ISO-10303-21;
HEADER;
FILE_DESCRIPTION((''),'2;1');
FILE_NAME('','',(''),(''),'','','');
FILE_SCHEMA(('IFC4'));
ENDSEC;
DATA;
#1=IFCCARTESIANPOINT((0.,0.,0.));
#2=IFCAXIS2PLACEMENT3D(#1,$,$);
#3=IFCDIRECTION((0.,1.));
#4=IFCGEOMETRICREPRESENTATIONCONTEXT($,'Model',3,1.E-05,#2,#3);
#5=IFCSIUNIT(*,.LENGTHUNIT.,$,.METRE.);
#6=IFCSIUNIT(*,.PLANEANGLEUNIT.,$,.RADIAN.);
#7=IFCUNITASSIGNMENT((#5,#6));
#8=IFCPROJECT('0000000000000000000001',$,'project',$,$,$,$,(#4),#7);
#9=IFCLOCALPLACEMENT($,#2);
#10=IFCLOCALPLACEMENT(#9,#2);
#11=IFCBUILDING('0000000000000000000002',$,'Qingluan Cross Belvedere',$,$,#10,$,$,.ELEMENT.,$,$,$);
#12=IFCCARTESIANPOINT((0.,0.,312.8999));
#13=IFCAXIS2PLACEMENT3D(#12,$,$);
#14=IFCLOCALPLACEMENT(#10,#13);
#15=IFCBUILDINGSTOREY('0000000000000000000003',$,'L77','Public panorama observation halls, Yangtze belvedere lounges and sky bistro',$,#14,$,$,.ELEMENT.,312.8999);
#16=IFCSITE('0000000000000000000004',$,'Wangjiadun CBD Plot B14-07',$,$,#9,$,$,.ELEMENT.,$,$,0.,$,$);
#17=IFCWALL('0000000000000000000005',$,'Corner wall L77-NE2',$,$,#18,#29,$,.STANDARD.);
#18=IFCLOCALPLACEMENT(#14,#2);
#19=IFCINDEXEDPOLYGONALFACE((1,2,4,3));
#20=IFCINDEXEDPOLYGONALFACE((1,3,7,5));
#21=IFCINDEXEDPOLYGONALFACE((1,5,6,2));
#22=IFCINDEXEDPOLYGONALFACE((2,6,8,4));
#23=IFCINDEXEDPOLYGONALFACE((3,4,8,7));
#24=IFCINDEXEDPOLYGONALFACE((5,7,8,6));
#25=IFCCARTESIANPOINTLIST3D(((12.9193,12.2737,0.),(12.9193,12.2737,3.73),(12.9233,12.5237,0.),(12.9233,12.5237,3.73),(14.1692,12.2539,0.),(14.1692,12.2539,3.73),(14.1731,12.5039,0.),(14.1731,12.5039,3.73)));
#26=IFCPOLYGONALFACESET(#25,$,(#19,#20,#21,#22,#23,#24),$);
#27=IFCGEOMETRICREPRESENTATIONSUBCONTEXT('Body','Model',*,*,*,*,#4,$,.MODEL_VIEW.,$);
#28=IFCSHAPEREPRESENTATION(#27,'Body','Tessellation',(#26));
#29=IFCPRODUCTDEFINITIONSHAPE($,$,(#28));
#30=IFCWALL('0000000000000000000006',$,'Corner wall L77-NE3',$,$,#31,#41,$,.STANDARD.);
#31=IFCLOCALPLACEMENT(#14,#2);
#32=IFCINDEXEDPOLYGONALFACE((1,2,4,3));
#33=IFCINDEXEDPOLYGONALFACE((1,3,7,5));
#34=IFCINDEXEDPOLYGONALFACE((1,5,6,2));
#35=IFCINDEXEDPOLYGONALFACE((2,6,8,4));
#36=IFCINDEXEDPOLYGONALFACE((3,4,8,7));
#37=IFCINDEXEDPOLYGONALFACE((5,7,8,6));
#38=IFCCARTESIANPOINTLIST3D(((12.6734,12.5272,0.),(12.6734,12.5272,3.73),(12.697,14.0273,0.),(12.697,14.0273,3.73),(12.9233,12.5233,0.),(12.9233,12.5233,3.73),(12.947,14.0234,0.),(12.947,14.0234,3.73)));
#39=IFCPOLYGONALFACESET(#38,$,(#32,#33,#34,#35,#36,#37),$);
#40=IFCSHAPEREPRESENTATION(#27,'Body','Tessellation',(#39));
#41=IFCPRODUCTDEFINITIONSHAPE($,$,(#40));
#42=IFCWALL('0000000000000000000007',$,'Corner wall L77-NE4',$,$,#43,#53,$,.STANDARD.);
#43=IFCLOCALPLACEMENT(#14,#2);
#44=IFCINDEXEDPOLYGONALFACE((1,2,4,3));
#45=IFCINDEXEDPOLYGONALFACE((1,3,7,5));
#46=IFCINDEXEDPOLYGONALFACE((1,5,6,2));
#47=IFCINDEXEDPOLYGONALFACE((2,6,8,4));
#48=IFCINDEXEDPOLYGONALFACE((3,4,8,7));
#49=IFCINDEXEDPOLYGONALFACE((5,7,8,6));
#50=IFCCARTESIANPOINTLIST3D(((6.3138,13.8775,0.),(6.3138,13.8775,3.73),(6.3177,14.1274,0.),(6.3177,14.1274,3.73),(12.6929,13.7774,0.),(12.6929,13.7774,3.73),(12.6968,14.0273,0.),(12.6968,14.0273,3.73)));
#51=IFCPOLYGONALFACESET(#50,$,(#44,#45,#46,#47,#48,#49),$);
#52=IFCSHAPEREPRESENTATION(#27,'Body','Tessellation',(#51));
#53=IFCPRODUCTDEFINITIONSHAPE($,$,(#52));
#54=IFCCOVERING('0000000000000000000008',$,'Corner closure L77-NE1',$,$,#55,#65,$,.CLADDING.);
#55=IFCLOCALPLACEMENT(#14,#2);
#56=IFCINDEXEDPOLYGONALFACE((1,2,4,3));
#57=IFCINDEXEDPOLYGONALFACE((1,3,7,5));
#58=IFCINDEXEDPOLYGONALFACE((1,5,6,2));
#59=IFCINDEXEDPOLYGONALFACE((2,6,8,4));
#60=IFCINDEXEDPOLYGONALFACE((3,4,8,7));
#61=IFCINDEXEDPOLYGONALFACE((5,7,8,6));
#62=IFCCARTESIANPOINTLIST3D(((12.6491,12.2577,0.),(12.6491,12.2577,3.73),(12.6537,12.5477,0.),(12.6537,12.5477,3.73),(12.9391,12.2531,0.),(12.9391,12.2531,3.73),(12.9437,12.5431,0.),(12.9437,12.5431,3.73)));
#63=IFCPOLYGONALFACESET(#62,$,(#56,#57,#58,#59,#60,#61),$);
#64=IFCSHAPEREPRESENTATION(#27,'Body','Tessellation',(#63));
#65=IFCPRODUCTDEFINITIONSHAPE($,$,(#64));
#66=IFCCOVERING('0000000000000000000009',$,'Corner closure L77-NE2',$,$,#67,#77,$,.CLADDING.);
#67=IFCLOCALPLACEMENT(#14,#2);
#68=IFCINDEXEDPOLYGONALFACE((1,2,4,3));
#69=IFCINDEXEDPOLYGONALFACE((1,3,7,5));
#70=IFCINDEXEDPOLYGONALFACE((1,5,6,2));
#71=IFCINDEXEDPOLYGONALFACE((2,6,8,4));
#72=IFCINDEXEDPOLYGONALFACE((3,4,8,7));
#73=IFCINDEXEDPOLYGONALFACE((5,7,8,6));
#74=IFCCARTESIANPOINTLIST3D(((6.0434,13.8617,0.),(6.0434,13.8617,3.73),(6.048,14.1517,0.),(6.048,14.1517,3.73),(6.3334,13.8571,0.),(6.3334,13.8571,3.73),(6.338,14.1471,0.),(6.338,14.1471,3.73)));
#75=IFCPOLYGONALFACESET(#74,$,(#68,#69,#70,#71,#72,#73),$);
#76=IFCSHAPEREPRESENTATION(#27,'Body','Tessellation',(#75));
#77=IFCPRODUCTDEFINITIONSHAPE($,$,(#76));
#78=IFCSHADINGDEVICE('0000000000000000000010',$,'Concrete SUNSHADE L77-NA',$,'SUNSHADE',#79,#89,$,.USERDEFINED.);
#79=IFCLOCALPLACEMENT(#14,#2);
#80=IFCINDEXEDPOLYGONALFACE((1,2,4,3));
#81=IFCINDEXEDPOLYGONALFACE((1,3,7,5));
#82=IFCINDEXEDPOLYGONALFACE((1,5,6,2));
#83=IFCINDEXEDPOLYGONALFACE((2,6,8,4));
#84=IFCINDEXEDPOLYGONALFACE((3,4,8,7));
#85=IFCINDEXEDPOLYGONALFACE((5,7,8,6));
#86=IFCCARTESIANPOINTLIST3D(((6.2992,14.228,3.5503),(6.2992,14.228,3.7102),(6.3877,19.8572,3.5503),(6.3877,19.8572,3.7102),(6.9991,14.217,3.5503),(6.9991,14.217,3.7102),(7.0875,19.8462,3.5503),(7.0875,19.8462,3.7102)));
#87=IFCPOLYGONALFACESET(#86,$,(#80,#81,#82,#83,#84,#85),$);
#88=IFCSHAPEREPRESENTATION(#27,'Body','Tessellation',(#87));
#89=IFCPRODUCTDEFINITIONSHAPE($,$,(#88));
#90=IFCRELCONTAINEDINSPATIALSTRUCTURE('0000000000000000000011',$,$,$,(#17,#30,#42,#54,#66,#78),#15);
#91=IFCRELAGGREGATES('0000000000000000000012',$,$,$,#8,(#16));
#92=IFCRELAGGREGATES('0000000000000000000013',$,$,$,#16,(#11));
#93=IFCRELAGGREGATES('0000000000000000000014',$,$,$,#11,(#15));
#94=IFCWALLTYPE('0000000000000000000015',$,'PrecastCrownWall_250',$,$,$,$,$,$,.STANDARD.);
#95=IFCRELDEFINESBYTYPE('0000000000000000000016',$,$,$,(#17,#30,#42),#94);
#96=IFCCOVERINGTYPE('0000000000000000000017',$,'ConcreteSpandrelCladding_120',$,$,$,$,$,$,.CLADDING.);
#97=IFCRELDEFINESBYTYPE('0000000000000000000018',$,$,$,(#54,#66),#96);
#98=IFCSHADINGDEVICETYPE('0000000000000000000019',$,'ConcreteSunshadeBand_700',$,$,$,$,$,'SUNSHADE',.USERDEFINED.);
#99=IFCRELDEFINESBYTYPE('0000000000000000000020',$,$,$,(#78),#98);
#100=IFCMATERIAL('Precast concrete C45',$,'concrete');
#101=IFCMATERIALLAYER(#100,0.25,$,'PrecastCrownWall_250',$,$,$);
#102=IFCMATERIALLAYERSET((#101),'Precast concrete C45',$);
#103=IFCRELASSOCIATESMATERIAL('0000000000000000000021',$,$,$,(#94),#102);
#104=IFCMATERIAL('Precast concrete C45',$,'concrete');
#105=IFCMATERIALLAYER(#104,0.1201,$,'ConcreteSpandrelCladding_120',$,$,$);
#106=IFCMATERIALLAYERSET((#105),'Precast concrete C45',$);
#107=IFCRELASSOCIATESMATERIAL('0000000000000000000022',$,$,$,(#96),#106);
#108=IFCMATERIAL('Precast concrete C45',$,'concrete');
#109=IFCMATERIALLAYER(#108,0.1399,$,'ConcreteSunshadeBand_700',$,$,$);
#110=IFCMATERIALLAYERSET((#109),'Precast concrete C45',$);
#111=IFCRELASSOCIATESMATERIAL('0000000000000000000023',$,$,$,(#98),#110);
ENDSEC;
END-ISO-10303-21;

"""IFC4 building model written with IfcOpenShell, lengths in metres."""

from ifc_helpers import new_model, si_unit, direction, frame, frame_2d, origin, origin_2d, place, context, subcontext, project, spatial, rectangle, extrude, material, layer, layer_set, type_object, element, save


model = new_model("IFC4")

# Units and contexts
model_context = context("Model", 3, precision=1e-05, world=origin(), true_north=direction((0.0, 1.0)))
body_context = subcontext(model_context, "Body", "Model", "MODEL_VIEW")
ifc_project = project(units=[si_unit("LENGTHUNIT", "METRE"), si_unit("PLANEANGLEUNIT", "RADIAN")], contexts=[model_context])

# Site, building, storey
site_placement = place(None, origin())
site = spatial("IfcSite", under=ifc_project, at=site_placement, Name="Wangjiadun CBD Plot B14-07", CompositionType="ELEMENT", RefElevation=0.0)
building_placement = place(site_placement, origin())
building = spatial("IfcBuilding", under=site, at=building_placement, Name="Qingluan Cross Belvedere", CompositionType="ELEMENT")
storey_placement = place(building_placement, frame((0.0, 0.0, 312.8999)))
storey = spatial("IfcBuildingStorey", under=building, at=storey_placement, Name="L77", Description="Public panorama observation halls, Yangtze belvedere lounges and sky bistro", CompositionType="ELEMENT", Elevation=312.8999)

# Shared definitions
ifc_material_1 = material(Name="Precast concrete C45", Category="concrete")
ifc_layer_1 = layer(ifc_material_1, 0.25, Name="PrecastCrownWall_250")
ifc_layer_set_1 = layer_set([ifc_layer_1], Name="Precast concrete C45")
wall_type_1 = type_object("IfcWallType", Name="PrecastCrownWall_250", PredefinedType="STANDARD", material=ifc_layer_set_1)

# Walls
wall_1_placement = place(storey_placement, frame((14.1711, 12.3789, 0.0), z_axis=(0.0, 0.0, 1.0), x_axis=(-0.999875, 0.015821, 0.0)))
element("IfcWall", 1, at=wall_1_placement, inside=storey, type_object=wall_type_1, Name="Corner wall L77-NE2", PredefinedType="STANDARD", context=body_context, shape_type="SweptSolid", body=[
    extrude(rectangle(XDim=1.25, YDim=0.25, at=frame_2d((0.625, 0.0))), origin(), (0.0, 0.0, 1.0), 3.73),
])
wall_2_placement = place(storey_placement, frame((12.7983, 12.5254, 0.0), z_axis=(0.0, 0.0, 1.0), x_axis=(0.015786, 0.999875, 0.0)))
element("IfcWall", 2, at=wall_2_placement, inside=storey, type_object=wall_type_1, Name="Corner wall L77-NE3", PredefinedType="STANDARD", context=body_context, shape_type="SweptSolid", body=[
    extrude(rectangle(XDim=1.5002, YDim=0.25, at=frame_2d((0.75, 0.0))), origin(), (0.0, 0.0, 1.0), 3.73),
])
wall_3_placement = place(storey_placement, frame((12.6948, 13.9023, 0.0), z_axis=(0.0, 0.0, 1.0), x_axis=(-0.999877, 0.015689, 0.0)))
element("IfcWall", 3, at=wall_3_placement, inside=storey, type_object=wall_type_1, Name="Corner wall L77-NE4", PredefinedType="STANDARD", context=body_context, shape_type="SweptSolid", body=[
    extrude(rectangle(XDim=6.3799, YDim=0.25, at=frame_2d((3.1899, 0.0))), origin(), (0.0, 0.0, 1.0), 3.73),
])

# Coverings
ifc_material_2 = material(Name="Precast concrete C45", Category="concrete")
ifc_layer_2 = layer(ifc_material_2, 0.1201, Name="ConcreteSpandrelCladding_120")
ifc_layer_set_2 = layer_set([ifc_layer_2], Name="Precast concrete C45")
covering_type = type_object("IfcCoveringType", Name="ConcreteSpandrelCladding_120", PredefinedType="CLADDING", material=ifc_layer_set_2)
for number, where, z_axis, x_axis, name in (
    (4, (12.7964, 12.4004, 0.0), (0.0, 0.0, 1.0), (0.999877, -0.015707, 0.0), "Corner closure L77-NE1"),
    (5, (6.1907, 14.0044, 0.0), (0.0, 0.0, 1.0), (0.999877, -0.015707, 0.0), "Corner closure L77-NE2"),
):
    element("IfcCovering", number, at=place(storey_placement, frame(where, z_axis=z_axis, x_axis=x_axis)), inside=storey, type_object=covering_type, Name=name, PredefinedType="CLADDING", context=body_context, shape_type="SweptSolid", body=[
        extrude(rectangle(XDim=0.29, YDim=0.29, at=origin_2d()), origin(), (0.0, 0.0, 1.0), 3.73),
    ])

# Shading device
ifc_material_3 = material(Name="Precast concrete C45", Category="concrete")
ifc_layer_3 = layer(ifc_material_3, 0.1399, Name="ConcreteSunshadeBand_700")
ifc_layer_set_3 = layer_set([ifc_layer_3], Name="Precast concrete C45")
shading_device_type = type_object("IfcShadingDeviceType", Name="ConcreteSunshadeBand_700", ElementType="SUNSHADE", PredefinedType="USERDEFINED", material=ifc_layer_set_3)
shading_device_placement = place(storey_placement, frame((6.6934, 17.0371, 3.5503), z_axis=(0.0, 0.0, 1.0), x_axis=(0.015712, 0.999877, 0.0)))
element("IfcShadingDevice", 6, at=shading_device_placement, inside=storey, type_object=shading_device_type, Name="Concrete SUNSHADE L77-NA", ObjectType="SUNSHADE", PredefinedType="USERDEFINED", context=body_context, shape_type="SweptSolid", body=[
    extrude(rectangle(XDim=5.6299, YDim=0.7, at=origin_2d()), origin(), (0.0, 0.0, 1.0), 0.1599),
])

save(model, "model.ifc")
